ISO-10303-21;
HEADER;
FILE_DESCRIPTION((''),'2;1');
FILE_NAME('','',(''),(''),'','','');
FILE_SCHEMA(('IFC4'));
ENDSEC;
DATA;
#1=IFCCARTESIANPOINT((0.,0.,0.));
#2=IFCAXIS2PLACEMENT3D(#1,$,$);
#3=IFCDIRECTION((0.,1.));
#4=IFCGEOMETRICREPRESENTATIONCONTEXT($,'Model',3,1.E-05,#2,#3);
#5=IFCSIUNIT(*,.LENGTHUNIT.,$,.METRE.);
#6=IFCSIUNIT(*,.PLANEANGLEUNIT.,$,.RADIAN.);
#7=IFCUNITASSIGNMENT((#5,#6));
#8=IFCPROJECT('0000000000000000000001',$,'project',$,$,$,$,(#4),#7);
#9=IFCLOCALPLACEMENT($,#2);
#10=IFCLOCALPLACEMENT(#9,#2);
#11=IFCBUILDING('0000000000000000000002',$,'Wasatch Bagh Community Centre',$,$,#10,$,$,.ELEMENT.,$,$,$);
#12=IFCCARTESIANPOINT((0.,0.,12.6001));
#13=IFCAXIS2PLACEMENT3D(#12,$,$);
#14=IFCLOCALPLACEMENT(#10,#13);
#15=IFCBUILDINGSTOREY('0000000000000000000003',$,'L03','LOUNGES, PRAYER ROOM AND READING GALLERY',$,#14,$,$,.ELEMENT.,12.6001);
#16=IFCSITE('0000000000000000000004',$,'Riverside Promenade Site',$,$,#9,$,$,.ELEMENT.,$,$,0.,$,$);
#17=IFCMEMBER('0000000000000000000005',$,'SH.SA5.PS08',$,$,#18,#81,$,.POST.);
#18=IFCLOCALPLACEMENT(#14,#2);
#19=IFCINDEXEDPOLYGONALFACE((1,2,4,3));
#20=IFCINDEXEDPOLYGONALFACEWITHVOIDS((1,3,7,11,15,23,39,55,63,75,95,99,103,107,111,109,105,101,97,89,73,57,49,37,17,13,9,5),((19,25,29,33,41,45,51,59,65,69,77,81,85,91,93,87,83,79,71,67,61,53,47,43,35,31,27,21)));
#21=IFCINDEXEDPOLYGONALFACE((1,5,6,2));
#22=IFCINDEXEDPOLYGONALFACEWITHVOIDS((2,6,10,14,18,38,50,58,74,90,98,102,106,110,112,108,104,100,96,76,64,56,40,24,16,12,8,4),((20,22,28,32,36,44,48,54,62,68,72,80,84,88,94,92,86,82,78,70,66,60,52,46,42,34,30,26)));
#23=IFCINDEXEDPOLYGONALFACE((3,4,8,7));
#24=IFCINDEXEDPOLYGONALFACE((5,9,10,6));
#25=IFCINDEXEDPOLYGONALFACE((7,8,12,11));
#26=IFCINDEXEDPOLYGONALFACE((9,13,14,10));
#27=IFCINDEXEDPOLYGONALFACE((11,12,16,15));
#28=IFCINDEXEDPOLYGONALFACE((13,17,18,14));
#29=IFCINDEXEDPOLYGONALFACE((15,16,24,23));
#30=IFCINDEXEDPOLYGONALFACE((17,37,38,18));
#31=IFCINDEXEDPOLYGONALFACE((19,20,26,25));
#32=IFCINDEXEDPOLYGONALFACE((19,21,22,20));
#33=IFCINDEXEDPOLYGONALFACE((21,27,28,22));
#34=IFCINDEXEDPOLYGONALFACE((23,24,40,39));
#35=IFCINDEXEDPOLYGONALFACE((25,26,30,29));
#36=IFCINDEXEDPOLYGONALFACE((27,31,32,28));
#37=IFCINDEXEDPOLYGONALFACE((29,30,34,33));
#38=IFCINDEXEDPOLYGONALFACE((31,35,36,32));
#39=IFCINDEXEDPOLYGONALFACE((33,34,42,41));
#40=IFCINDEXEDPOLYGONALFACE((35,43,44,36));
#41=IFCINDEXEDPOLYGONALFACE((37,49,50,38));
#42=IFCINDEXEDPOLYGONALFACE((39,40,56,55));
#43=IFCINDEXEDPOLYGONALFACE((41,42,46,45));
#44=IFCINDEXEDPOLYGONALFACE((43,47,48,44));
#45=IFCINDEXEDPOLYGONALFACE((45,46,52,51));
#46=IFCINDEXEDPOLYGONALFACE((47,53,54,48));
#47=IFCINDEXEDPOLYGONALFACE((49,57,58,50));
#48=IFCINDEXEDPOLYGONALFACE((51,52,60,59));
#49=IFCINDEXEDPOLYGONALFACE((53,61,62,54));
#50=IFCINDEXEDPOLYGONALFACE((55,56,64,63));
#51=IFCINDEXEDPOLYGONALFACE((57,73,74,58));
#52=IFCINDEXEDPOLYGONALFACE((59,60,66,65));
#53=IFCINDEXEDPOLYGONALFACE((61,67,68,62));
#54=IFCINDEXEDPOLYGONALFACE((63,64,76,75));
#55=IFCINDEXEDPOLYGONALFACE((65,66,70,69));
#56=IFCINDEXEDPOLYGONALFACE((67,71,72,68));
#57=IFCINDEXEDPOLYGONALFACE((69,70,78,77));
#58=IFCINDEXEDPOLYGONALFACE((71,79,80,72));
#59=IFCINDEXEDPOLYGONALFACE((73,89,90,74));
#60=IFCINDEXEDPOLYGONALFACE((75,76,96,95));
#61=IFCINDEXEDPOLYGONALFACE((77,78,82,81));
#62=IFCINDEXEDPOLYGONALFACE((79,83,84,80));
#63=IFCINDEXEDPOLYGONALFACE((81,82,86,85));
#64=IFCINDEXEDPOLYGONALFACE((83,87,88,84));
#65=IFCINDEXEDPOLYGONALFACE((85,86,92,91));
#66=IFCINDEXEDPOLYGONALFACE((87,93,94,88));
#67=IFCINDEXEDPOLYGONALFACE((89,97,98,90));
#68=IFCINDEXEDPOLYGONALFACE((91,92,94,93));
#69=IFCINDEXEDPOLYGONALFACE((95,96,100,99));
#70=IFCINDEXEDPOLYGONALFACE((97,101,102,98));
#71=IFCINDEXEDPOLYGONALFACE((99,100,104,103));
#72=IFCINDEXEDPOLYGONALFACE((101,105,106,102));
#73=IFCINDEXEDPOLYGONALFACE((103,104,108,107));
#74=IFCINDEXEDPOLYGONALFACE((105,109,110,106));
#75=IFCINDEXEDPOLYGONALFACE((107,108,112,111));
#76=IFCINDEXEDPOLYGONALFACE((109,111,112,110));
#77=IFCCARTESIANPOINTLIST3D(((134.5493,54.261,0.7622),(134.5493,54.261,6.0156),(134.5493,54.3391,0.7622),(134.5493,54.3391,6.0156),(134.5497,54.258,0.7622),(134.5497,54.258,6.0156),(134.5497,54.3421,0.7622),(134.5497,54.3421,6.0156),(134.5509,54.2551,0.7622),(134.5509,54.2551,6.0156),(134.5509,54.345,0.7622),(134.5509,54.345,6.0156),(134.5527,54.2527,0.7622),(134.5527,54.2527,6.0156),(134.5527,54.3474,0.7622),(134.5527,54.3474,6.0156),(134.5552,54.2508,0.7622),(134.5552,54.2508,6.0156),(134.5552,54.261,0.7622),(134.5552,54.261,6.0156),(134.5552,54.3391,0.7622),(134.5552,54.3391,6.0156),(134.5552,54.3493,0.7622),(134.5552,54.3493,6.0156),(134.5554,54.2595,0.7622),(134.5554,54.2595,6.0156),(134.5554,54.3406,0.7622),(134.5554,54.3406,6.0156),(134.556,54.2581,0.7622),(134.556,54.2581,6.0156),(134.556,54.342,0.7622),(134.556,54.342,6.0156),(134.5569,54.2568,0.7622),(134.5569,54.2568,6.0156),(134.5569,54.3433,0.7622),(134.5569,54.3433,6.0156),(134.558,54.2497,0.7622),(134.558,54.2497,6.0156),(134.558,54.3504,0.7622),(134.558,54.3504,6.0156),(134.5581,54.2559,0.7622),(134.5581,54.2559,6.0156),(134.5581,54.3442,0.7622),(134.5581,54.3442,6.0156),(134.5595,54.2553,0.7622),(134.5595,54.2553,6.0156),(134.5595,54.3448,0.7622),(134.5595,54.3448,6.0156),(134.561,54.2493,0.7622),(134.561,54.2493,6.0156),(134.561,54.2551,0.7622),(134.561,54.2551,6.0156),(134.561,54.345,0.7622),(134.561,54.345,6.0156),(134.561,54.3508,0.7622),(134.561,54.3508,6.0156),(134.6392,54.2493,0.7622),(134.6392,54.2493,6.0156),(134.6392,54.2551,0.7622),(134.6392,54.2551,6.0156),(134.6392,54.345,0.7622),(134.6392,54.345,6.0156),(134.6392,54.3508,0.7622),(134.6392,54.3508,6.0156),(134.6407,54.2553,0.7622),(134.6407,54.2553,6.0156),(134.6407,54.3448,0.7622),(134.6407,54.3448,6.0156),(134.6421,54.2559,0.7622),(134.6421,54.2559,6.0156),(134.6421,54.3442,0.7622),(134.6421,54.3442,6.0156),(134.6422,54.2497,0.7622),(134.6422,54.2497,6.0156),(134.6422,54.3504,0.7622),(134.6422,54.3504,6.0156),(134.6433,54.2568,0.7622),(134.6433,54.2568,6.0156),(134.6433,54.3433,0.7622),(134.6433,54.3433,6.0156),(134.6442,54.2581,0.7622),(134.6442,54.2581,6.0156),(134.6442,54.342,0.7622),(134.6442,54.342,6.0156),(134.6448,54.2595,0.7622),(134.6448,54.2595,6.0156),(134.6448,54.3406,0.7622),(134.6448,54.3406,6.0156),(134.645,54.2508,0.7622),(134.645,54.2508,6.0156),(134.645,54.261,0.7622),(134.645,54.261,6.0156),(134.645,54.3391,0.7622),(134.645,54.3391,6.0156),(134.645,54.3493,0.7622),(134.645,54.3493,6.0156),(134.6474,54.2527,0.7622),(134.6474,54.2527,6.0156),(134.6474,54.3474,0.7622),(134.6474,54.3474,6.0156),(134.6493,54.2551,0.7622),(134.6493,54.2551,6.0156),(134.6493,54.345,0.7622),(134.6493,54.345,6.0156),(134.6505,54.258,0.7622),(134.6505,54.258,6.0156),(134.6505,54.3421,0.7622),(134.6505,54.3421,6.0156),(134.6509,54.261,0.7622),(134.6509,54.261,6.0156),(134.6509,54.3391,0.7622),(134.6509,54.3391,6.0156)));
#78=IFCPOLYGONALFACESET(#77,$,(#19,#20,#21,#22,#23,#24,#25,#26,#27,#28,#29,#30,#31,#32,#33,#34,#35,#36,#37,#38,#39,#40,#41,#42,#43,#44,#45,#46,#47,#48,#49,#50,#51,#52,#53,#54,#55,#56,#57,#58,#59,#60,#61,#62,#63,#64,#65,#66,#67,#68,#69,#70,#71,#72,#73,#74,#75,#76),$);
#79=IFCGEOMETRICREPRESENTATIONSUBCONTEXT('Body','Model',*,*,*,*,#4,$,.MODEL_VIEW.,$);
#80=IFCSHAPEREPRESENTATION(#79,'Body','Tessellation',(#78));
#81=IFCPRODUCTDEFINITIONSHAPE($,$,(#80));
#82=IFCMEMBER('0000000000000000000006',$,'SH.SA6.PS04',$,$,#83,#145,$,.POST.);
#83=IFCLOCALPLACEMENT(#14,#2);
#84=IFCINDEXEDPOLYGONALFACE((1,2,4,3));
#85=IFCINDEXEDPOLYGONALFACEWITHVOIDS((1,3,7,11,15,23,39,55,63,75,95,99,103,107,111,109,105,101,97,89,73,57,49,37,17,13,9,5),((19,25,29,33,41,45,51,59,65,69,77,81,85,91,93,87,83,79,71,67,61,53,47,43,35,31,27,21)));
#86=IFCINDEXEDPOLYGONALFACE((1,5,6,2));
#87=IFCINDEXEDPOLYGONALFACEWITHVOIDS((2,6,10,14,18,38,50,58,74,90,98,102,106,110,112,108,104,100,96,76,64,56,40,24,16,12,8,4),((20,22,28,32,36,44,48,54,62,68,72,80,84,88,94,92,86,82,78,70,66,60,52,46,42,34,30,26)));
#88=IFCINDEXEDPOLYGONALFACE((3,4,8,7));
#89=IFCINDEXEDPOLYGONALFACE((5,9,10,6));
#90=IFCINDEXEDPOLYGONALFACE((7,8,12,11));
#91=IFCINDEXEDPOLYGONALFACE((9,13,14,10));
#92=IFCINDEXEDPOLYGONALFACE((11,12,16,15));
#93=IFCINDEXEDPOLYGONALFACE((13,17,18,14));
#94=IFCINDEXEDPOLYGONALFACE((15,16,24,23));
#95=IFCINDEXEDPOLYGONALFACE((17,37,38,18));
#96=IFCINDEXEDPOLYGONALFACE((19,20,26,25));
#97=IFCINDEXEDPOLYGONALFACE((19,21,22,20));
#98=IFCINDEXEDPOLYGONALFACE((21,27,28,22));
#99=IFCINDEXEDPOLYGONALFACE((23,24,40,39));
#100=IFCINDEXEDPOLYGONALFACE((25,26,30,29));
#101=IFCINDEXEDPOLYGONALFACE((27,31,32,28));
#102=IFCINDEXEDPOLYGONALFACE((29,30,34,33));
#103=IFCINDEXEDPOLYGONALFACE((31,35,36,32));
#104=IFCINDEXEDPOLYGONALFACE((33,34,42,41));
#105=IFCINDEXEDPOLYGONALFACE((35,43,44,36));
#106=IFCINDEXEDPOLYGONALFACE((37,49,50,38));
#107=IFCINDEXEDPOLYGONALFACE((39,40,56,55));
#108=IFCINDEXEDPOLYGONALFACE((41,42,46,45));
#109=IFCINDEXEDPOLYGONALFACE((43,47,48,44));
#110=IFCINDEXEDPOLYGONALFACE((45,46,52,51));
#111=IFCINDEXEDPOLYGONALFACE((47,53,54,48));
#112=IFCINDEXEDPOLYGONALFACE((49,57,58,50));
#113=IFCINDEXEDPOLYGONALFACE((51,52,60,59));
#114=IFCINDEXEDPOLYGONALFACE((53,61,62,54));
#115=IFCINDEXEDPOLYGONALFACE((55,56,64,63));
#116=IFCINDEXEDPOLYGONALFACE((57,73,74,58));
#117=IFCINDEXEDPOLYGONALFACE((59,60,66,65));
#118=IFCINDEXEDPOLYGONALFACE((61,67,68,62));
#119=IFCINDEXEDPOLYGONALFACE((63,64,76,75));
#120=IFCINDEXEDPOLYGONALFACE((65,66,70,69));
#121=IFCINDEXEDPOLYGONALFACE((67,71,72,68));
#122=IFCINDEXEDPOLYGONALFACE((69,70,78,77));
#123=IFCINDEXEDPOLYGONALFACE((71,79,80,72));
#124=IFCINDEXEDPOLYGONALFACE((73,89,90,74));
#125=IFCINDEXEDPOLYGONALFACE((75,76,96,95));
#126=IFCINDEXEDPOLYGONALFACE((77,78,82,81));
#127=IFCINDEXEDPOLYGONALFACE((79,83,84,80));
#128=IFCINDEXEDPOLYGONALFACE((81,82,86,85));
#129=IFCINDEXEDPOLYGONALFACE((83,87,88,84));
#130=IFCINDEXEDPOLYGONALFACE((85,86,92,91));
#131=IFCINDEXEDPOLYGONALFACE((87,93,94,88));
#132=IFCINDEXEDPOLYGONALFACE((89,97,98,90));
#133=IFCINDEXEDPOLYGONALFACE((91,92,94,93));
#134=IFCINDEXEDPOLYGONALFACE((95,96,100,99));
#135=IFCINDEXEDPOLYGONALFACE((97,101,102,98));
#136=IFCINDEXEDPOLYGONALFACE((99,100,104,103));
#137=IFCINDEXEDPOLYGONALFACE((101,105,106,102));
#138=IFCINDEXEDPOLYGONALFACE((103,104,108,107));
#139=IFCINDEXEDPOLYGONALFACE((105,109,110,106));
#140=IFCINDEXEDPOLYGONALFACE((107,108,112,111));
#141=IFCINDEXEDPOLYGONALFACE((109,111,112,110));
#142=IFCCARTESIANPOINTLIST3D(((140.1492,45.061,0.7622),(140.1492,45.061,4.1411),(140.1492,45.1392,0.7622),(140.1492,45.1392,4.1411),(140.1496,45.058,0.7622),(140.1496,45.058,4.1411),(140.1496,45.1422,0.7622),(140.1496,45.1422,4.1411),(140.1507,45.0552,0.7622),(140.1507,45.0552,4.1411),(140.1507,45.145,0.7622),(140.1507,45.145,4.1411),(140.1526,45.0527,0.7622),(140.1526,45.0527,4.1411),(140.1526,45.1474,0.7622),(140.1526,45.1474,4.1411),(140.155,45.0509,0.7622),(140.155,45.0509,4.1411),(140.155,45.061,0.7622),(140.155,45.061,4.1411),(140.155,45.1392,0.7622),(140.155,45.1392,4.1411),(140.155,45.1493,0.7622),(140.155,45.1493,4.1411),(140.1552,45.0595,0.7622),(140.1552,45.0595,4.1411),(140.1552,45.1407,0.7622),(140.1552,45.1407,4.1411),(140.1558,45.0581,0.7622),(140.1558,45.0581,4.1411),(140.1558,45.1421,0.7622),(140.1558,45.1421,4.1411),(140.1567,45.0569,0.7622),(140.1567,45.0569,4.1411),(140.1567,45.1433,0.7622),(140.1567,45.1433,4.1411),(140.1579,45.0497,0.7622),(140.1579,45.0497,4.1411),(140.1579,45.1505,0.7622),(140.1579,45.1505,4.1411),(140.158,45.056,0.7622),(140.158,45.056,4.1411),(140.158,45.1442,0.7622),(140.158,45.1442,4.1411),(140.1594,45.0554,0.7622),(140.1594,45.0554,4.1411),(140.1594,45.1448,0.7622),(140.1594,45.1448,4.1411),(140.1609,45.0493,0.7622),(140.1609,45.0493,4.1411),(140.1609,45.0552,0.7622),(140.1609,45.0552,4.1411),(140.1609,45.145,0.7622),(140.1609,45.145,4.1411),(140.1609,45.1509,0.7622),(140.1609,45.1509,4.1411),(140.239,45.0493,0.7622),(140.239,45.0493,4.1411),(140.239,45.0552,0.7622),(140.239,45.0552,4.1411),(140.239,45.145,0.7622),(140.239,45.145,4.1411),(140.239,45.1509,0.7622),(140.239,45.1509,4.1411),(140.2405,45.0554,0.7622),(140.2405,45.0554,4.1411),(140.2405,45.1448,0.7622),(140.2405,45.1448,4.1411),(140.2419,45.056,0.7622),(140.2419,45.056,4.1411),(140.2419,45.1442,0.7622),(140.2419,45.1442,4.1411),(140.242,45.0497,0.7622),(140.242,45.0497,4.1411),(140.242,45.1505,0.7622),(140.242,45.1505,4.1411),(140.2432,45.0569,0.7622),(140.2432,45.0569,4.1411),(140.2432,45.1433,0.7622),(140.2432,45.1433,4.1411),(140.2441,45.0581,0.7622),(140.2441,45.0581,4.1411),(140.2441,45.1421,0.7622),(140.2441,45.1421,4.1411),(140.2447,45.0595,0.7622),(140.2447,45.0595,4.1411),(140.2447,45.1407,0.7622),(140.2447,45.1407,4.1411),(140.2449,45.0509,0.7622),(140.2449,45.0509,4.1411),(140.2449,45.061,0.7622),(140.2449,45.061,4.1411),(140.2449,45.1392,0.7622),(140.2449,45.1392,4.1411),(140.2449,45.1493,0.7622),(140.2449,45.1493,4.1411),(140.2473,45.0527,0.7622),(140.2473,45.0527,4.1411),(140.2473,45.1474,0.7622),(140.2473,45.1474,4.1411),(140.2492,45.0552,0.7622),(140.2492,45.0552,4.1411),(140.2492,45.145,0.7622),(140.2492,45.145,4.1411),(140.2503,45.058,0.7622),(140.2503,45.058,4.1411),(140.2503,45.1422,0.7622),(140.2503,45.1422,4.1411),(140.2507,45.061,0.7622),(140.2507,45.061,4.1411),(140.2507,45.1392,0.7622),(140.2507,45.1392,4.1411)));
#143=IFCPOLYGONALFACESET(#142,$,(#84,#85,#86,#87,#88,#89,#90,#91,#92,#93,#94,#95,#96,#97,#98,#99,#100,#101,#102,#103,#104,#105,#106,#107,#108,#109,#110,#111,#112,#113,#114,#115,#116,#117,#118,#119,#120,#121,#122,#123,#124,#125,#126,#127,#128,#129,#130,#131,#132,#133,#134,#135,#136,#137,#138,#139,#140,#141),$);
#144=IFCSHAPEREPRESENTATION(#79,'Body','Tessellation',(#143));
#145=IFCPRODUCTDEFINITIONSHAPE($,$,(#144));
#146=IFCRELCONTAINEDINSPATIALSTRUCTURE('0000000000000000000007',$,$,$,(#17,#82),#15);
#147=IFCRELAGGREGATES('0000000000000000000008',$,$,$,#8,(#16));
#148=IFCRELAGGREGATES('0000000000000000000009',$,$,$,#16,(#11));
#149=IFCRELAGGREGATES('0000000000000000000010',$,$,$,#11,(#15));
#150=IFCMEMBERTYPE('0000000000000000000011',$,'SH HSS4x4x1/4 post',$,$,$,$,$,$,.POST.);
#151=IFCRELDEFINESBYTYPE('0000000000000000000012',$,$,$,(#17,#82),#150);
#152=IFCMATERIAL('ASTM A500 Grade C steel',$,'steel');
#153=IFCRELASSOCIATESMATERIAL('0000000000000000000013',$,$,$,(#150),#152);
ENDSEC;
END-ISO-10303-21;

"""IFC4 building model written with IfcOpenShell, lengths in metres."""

from ifc_helpers import new_model, si_unit, direction, frame, origin, origin_2d, place, context, subcontext, project, spatial, hollow_rectangle, extrude, material, material_profile, profile_set, type_object, element, save


model = new_model("IFC4")

# Units and contexts
model_context = context("Model", 3, precision=1e-05, world=origin(), true_north=direction((0.0, 1.0)))
body_context = subcontext(model_context, "Body", "Model", "MODEL_VIEW")
ifc_project = project(units=[si_unit("LENGTHUNIT", "METRE"), si_unit("PLANEANGLEUNIT", "RADIAN")], contexts=[model_context])

# Site, building, storey
site_placement = place(None, origin())
site = spatial("IfcSite", under=ifc_project, at=site_placement, Name="Riverside Promenade Site", CompositionType="ELEMENT", RefElevation=0.0)
building_placement = place(site_placement, origin())
building = spatial("IfcBuilding", under=site, at=building_placement, Name="Wasatch Bagh Community Centre", CompositionType="ELEMENT")
storey_placement = place(building_placement, frame((0.0, 0.0, 12.6001)))
storey = spatial("IfcBuildingStorey", under=building, at=storey_placement, Name="L03", Description="LOUNGES, PRAYER ROOM AND READING GALLERY", CompositionType="ELEMENT", Elevation=12.6001)

# Members
ifc_material_1 = material(Name="ASTM A500 Grade C steel", Category="steel")
ifc_material_profile_1 = material_profile(ifc_material_1, hollow_rectangle(XDim=0.1016, YDim=0.1016, WallThickness=0.0059, InnerFilletRadius=0.0059, OuterFilletRadius=0.0117, at=origin_2d()), Name="HSS4x4x1/4")
ifc_profile_set_1 = profile_set([ifc_material_profile_1], Name="ASTM A500 Grade C steel")
member_type_1 = type_object("IfcMemberType", Name="SH HSS4x4x1/4 post", PredefinedType="POST", material=ifc_profile_set_1)
member_1_placement = place(storey_placement, frame((134.6001, 54.3, 0.7622), z_axis=(0.0, 0.0, 1.0), x_axis=(1.0, 0.0, 0.0)))
element("IfcMember", 1, at=member_1_placement, inside=storey, type_object=member_type_1, Name="SH.SA5.PS08", PredefinedType="POST", context=body_context, shape_type="SweptSolid", body=[
    extrude(hollow_rectangle(XDim=0.1016, YDim=0.1016, WallThickness=0.0059, InnerFilletRadius=0.0059, OuterFilletRadius=0.0117, at=origin_2d()), origin(), (0.0, 0.0, 1.0), 5.2534),
])
member_2_placement = place(storey_placement, frame((140.2, 45.1001, 0.7622), z_axis=(0.0, 0.0, 1.0), x_axis=(1.0, 0.0, 0.0)))
element("IfcMember", 2, at=member_2_placement, inside=storey, type_object=member_type_1, Name="SH.SA6.PS04", PredefinedType="POST", context=body_context, shape_type="SweptSolid", body=[
    extrude(hollow_rectangle(XDim=0.1016, YDim=0.1016, WallThickness=0.0059, InnerFilletRadius=0.0059, OuterFilletRadius=0.0117, at=origin_2d()), origin(), (0.0, 0.0, 1.0), 3.3789),
])

save(model, "model.ifc")
